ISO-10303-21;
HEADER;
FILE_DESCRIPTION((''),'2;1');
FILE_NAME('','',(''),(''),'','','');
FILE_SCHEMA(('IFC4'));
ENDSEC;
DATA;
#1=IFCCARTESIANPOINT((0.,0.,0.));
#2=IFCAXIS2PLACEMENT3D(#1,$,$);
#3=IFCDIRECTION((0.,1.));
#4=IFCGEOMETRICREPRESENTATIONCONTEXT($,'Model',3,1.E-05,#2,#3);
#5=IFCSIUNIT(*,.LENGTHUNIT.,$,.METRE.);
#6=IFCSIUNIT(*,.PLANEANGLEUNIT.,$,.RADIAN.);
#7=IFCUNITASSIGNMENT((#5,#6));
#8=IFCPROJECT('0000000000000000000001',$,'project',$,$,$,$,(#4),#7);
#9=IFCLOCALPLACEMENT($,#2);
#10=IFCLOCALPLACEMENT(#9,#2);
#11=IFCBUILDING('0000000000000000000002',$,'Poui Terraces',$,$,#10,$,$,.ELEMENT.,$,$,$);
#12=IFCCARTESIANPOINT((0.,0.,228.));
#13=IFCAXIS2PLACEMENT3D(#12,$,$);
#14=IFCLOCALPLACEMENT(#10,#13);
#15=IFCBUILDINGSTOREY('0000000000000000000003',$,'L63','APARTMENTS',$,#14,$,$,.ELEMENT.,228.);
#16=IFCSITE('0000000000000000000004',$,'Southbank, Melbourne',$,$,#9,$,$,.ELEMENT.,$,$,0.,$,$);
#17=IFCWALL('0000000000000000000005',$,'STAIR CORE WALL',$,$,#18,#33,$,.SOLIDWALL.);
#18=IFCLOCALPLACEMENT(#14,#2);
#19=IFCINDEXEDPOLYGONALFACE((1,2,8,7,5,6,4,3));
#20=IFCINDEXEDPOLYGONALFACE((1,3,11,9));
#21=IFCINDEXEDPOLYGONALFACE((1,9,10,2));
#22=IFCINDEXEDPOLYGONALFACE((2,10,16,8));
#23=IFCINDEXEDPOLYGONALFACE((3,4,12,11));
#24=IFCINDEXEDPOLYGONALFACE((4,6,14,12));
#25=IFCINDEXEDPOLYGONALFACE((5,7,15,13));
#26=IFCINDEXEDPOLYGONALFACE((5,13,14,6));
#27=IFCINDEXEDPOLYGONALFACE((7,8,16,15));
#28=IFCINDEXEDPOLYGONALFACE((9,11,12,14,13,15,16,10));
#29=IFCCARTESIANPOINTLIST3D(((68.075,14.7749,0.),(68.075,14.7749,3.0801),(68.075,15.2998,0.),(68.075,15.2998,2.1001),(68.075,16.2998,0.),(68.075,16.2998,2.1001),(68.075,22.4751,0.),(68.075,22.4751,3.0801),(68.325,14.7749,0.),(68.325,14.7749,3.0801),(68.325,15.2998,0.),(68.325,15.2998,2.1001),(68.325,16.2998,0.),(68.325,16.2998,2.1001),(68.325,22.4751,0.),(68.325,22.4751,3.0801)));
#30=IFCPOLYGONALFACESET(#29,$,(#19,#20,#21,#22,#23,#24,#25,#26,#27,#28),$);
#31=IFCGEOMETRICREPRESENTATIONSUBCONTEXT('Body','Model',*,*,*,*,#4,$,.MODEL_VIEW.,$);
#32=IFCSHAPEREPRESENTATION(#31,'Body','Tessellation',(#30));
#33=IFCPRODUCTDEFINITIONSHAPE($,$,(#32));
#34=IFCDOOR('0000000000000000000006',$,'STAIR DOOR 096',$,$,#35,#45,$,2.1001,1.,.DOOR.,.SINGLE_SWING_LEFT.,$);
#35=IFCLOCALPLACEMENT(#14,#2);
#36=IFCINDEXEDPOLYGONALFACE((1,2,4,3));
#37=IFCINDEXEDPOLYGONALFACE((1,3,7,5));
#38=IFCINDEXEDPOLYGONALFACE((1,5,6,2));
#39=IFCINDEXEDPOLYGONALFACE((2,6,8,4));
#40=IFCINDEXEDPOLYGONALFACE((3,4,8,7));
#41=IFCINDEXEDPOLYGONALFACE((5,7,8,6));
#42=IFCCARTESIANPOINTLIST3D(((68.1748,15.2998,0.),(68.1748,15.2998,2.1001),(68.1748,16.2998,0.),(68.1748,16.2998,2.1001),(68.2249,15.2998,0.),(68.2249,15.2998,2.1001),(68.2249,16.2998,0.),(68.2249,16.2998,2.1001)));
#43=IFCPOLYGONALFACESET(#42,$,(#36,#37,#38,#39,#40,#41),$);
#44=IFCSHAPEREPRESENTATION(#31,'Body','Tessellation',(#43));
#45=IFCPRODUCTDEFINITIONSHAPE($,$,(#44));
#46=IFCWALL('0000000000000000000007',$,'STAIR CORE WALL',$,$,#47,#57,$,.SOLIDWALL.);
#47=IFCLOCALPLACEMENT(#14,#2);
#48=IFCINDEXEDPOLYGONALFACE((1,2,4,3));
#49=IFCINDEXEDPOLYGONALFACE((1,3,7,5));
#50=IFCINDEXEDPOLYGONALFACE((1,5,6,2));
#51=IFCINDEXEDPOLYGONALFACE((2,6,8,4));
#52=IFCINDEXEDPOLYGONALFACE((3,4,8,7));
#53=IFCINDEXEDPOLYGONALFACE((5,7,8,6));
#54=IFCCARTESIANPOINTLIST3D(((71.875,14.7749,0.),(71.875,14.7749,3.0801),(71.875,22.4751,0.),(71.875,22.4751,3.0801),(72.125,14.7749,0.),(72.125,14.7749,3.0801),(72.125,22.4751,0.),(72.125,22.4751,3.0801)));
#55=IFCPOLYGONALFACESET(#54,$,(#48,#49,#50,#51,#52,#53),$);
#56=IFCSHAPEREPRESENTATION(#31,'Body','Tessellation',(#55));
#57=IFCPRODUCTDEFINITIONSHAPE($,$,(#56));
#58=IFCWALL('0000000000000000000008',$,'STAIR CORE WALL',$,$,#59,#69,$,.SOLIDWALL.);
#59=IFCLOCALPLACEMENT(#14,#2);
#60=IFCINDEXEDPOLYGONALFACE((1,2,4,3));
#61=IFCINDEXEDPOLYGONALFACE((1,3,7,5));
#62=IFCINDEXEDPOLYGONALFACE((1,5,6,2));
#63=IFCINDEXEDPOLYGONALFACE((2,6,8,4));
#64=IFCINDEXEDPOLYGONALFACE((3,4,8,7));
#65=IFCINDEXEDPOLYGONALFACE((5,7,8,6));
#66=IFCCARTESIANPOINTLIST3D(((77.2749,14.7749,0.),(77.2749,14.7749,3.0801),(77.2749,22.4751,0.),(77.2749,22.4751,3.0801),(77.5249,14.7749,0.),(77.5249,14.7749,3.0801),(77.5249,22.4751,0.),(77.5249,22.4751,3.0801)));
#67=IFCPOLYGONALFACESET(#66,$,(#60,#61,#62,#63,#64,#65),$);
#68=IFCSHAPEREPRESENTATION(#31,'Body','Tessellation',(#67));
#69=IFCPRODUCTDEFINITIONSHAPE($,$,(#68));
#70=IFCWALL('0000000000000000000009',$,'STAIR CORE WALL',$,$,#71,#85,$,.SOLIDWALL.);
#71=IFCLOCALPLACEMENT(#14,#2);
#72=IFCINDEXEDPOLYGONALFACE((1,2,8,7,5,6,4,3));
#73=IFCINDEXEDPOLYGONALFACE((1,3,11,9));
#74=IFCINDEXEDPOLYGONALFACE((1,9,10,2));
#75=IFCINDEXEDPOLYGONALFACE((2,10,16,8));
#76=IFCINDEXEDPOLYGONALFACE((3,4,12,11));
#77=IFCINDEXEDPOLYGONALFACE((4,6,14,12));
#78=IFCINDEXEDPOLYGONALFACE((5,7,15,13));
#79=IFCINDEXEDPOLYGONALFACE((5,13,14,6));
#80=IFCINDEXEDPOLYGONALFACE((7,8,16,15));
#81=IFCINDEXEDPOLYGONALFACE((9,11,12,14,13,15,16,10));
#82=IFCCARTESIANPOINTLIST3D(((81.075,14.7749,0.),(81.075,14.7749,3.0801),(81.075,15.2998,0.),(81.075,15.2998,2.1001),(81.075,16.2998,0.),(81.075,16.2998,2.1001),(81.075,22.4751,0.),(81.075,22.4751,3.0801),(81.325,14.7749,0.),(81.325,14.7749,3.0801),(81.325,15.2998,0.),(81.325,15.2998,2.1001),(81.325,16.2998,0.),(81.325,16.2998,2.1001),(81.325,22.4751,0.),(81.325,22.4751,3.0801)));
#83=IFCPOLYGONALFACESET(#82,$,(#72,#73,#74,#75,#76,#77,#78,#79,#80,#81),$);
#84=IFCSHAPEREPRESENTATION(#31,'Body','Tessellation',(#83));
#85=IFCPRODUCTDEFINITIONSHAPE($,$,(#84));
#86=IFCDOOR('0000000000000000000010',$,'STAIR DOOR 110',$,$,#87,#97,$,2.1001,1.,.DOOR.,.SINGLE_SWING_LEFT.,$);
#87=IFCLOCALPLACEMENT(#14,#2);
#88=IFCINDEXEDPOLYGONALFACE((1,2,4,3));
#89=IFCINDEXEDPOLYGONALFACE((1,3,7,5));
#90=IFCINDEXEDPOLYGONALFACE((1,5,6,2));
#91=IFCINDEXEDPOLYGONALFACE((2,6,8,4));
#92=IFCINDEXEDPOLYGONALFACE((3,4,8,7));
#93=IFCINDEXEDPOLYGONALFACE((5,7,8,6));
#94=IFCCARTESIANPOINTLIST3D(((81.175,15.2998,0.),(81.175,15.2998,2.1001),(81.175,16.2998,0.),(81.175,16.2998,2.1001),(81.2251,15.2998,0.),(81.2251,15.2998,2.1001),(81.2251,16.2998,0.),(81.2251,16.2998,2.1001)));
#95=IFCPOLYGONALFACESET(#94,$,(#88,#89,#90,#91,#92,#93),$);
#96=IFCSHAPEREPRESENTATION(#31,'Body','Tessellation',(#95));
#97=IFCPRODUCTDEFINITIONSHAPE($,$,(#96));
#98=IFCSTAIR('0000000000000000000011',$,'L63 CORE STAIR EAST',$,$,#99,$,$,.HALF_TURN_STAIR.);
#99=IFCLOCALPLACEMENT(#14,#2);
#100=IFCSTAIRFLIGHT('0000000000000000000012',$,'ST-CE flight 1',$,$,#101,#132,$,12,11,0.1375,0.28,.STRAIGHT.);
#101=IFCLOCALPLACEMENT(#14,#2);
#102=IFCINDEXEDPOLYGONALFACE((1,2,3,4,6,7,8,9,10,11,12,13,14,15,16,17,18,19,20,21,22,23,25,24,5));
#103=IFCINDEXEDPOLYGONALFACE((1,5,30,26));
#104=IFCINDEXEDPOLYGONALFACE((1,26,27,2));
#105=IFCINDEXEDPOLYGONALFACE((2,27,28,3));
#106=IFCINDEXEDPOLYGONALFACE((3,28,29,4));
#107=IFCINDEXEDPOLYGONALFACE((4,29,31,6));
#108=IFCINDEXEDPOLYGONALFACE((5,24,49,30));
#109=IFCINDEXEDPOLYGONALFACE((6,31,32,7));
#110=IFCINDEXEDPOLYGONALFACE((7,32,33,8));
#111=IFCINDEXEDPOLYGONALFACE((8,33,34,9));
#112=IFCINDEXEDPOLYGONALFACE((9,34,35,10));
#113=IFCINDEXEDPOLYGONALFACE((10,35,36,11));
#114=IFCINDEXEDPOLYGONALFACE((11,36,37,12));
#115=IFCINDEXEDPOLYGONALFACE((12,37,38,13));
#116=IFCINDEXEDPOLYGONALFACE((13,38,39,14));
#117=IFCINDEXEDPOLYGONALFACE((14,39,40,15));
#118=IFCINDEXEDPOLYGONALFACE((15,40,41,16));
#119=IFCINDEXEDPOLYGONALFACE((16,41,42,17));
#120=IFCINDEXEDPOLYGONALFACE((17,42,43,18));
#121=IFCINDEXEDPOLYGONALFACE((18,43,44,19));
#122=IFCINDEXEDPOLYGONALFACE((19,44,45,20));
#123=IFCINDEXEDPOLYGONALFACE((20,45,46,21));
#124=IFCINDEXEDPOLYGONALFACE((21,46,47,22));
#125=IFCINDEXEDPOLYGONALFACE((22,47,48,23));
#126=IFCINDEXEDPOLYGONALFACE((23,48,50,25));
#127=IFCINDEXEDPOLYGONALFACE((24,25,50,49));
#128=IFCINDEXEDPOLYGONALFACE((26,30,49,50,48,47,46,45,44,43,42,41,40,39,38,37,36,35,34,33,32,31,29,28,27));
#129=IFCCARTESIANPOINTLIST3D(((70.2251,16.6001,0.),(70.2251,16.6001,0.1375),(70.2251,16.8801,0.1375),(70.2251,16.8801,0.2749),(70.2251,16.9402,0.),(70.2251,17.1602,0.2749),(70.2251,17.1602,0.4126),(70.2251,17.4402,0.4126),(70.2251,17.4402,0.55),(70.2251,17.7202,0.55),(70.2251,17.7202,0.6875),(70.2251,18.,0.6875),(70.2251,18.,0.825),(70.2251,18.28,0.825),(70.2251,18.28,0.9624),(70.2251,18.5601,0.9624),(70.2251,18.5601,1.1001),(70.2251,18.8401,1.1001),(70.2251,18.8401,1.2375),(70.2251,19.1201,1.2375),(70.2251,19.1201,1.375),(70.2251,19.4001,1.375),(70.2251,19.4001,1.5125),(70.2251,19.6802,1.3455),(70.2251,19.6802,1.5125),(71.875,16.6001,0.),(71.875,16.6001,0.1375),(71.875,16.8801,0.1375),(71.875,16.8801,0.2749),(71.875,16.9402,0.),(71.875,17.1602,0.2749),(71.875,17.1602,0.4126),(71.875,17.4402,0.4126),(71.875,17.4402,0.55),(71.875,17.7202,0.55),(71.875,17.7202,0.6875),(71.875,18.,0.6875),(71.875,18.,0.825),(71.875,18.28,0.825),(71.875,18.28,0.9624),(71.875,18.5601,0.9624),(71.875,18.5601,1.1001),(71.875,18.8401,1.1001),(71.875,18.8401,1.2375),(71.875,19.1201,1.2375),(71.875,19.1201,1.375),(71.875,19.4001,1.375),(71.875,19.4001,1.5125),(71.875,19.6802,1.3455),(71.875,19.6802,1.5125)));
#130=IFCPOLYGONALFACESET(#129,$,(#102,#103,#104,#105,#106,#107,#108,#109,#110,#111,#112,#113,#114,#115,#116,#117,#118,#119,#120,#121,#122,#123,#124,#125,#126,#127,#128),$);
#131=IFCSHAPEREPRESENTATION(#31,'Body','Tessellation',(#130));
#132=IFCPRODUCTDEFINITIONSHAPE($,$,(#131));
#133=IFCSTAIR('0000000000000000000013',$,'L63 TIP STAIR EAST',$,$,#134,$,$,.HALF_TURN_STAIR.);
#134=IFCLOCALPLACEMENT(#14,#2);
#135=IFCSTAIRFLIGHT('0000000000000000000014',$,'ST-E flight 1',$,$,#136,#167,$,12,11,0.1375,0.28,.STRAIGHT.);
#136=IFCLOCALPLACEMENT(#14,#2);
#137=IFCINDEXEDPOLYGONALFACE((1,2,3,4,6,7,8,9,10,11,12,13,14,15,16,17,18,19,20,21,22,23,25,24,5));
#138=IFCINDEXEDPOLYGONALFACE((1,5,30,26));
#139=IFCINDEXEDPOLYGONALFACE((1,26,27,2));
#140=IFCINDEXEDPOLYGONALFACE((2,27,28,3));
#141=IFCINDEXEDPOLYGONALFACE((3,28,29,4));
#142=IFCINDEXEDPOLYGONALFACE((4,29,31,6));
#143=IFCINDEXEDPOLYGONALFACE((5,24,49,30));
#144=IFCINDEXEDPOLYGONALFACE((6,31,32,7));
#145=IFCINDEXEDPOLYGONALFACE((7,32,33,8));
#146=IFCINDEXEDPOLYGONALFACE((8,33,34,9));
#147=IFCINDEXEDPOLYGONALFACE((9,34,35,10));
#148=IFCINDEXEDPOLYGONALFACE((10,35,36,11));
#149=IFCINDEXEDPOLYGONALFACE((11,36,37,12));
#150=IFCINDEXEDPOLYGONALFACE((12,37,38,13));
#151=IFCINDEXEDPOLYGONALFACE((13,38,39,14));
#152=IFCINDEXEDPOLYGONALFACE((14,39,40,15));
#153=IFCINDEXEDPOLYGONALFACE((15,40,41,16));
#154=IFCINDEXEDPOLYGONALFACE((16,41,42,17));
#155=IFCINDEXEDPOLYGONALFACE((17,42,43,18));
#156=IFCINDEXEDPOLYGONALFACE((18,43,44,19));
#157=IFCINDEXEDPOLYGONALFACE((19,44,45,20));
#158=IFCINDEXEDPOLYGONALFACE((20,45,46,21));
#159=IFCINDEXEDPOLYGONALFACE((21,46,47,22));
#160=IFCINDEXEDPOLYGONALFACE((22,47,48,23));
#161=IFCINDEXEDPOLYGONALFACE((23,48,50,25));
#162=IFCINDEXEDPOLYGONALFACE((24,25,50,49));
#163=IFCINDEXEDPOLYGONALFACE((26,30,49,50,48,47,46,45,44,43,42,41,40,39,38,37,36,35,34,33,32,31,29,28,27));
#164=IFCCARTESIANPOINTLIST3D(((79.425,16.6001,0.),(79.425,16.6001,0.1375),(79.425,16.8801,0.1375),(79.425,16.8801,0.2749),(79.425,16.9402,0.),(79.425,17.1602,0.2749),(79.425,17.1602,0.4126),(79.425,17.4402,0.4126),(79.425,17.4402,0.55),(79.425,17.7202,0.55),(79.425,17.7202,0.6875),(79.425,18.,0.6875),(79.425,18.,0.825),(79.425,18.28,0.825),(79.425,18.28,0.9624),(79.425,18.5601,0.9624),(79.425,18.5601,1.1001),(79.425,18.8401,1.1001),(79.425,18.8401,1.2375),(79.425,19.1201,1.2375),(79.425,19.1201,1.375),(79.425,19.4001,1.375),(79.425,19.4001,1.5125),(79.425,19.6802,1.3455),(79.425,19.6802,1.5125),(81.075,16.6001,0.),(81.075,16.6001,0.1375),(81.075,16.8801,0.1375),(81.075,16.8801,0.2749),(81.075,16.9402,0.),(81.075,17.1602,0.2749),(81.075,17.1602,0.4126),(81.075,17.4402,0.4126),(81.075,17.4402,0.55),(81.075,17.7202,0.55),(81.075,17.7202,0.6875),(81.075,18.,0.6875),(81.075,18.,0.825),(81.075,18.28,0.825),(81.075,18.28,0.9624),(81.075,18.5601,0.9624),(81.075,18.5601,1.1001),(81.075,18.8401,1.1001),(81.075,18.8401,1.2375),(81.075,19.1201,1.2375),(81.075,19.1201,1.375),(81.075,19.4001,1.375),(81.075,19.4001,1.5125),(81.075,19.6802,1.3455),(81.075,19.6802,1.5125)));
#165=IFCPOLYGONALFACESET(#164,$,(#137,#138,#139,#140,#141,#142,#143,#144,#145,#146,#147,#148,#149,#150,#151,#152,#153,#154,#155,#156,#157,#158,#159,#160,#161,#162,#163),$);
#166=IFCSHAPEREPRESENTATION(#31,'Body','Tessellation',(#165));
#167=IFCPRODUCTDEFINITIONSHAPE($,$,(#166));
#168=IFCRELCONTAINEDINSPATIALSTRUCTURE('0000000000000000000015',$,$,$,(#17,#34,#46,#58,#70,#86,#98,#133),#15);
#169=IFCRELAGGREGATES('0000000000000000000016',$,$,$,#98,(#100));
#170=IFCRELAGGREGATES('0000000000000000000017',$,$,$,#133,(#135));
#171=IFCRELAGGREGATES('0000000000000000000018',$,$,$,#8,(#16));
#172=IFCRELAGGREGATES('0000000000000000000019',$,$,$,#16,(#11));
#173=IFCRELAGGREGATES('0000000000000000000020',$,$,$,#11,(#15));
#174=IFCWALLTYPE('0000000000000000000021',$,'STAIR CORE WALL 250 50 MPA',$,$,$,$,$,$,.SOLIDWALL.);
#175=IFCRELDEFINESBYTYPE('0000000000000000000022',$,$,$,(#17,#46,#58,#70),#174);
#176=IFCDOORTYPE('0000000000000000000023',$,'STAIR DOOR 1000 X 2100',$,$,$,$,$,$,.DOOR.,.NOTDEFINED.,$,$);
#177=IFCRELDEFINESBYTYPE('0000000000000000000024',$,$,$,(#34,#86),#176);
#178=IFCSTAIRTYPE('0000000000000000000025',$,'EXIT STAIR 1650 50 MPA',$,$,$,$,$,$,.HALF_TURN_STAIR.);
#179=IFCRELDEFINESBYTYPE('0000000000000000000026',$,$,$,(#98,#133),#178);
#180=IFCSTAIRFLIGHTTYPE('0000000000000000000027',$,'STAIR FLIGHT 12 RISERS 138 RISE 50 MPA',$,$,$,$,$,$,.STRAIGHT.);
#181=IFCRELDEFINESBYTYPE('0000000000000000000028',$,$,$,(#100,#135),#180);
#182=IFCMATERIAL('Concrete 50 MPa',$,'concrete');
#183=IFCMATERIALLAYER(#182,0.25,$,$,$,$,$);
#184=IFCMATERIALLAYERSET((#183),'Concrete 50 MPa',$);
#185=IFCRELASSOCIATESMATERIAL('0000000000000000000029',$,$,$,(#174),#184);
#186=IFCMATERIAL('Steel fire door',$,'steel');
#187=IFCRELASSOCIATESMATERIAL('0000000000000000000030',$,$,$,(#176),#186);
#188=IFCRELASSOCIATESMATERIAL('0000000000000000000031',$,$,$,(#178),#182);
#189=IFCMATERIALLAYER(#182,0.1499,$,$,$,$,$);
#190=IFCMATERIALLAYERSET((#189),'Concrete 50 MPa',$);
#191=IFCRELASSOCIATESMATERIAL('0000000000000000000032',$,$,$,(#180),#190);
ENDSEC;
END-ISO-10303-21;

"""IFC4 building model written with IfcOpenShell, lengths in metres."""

from ifc_helpers import new_model, si_unit, direction, frame, frame_2d, origin, place, context, subcontext, project, spatial, polyline, rectangle, outline, extrude, material, layer, layer_set, type_object, element, fill, aggregate, save


model = new_model("IFC4")

# Units and contexts
model_context = context("Model", 3, precision=1e-05, world=origin(), true_north=direction((0.0, 1.0)))
body_context = subcontext(model_context, "Body", "Model", "MODEL_VIEW")
ifc_project = project(units=[si_unit("LENGTHUNIT", "METRE"), si_unit("PLANEANGLEUNIT", "RADIAN")], contexts=[model_context])

# Site, building, storey
site_placement = place(None, origin())
site = spatial("IfcSite", under=ifc_project, at=site_placement, Name="Southbank, Melbourne", CompositionType="ELEMENT", RefElevation=0.0)
building_placement = place(site_placement, origin())
building = spatial("IfcBuilding", under=site, at=building_placement, Name="Poui Terraces", CompositionType="ELEMENT")
storey_placement = place(building_placement, frame((0.0, 0.0, 228.0)))
storey = spatial("IfcBuildingStorey", under=building, at=storey_placement, Name="L63", Description="APARTMENTS", CompositionType="ELEMENT", Elevation=228.0)

# Shared definitions
ifc_material_1 = material(Name="Concrete 50 MPa", Category="concrete")

# Shared definitions
ifc_material_2 = material(Name="Steel fire door", Category="steel")

# Wall, opening, door
ifc_layer_1 = layer(ifc_material_1, 0.25)
ifc_layer_set_1 = layer_set([ifc_layer_1], Name="Concrete 50 MPa")
wall_type_1 = type_object("IfcWallType", Name="STAIR CORE WALL 250 50 MPA", PredefinedType="SOLIDWALL", material=ifc_layer_set_1)
wall_1_placement = place(storey_placement, frame((68.2, 14.7749, 0.0), z_axis=(0.0, 0.0, 1.0), x_axis=(0.0, 1.0, 0.0)))
wall_1 = element("IfcWall", 1, at=wall_1_placement, inside=storey, type_object=wall_type_1, Name="STAIR CORE WALL", PredefinedType="SOLIDWALL", context=body_context, shape_type="SweptSolid", body=[
    extrude(rectangle(XDim=7.7002, YDim=0.25, at=frame_2d((3.8501, 0.0))), origin(), (0.0, 0.0, 1.0), 3.0801),
])
opening_1_placement = place(wall_1_placement, frame((0.5249, 0.0, 0.0)))
opening_1 = element("IfcOpeningElement", 2, at=opening_1_placement, cuts=wall_1, PredefinedType="OPENING", context=body_context, shape_type="SweptSolid", body=[
    extrude(rectangle(XDim=1.0, YDim=2.1001, at=frame_2d((0.5, 1.05))), frame((0.0, 0.135, 0.0), z_axis=(0.0, -1.0, 0.0), x_axis=(1.0, 0.0, 0.0)), (0.0, 0.0, 1.0), 0.27),
])
door_type_1 = type_object("IfcDoorType", Name="STAIR DOOR 1000 X 2100", OperationType="NOTDEFINED", PredefinedType="DOOR", material=ifc_material_2)
door_1_placement = place(opening_1_placement, frame((1.0, 0.0, 0.0), z_axis=(0.0, 0.0, 1.0), x_axis=(-1.0, 0.0, 0.0)))
door_1 = element("IfcDoor", 3, at=door_1_placement, inside=storey, type_object=door_type_1, Name="STAIR DOOR 096", OperationType="SINGLE_SWING_LEFT", OverallHeight=2.1001, OverallWidth=1.0, PredefinedType="DOOR", context=body_context, shape_type="SweptSolid", body=[
    extrude(rectangle(XDim=1.0, YDim=2.1001, at=frame_2d((0.5, 1.05))), frame((0.0, 0.0249, 0.0), z_axis=(0.0, -1.0, 0.0), x_axis=(1.0, 0.0, 0.0)), (0.0, 0.0, 1.0), 0.05),
])
fill(opening_1, door_1)

# Walls
for number, where, z_axis, x_axis, name in (
    (4, (72.0, 14.7749, 0.0), (0.0, 0.0, 1.0), (0.0, 1.0, 0.0), "STAIR CORE WALL"),
    (5, (77.3999, 14.7749, 0.0), (0.0, 0.0, 1.0), (0.0, 1.0, 0.0), "STAIR CORE WALL"),
):
    element("IfcWall", number, at=place(storey_placement, frame(where, z_axis=z_axis, x_axis=x_axis)), inside=storey, type_object=wall_type_1, Name=name, PredefinedType="SOLIDWALL", context=body_context, shape_type="SweptSolid", body=[
        extrude(rectangle(XDim=7.7002, YDim=0.25, at=frame_2d((3.8501, 0.0))), origin(), (0.0, 0.0, 1.0), 3.0801),
    ])

# Wall, opening, door
wall_2_placement = place(storey_placement, frame((81.2, 14.7749, 0.0), z_axis=(0.0, 0.0, 1.0), x_axis=(0.0, 1.0, 0.0)))
wall_2 = element("IfcWall", 6, at=wall_2_placement, inside=storey, type_object=wall_type_1, Name="STAIR CORE WALL", PredefinedType="SOLIDWALL", context=body_context, shape_type="SweptSolid", body=[
    extrude(rectangle(XDim=7.7002, YDim=0.25, at=frame_2d((3.8501, 0.0))), origin(), (0.0, 0.0, 1.0), 3.0801),
])
opening_2_placement = place(wall_2_placement, frame((0.5249, 0.0, 0.0)))
opening_2 = element("IfcOpeningElement", 7, at=opening_2_placement, cuts=wall_2, PredefinedType="OPENING", context=body_context, shape_type="SweptSolid", body=[
    extrude(rectangle(XDim=1.0, YDim=2.1001, at=frame_2d((0.5, 1.05))), frame((0.0, 0.135, 0.0), z_axis=(0.0, -1.0, 0.0), x_axis=(1.0, 0.0, 0.0)), (0.0, 0.0, 1.0), 0.27),
])
door_2_placement = place(opening_2_placement, origin())
door_2 = element("IfcDoor", 8, at=door_2_placement, inside=storey, type_object=door_type_1, Name="STAIR DOOR 110", OperationType="SINGLE_SWING_LEFT", OverallHeight=2.1001, OverallWidth=1.0, PredefinedType="DOOR", context=body_context, shape_type="SweptSolid", body=[
    extrude(rectangle(XDim=1.0, YDim=2.1001, at=frame_2d((0.5, 1.05))), frame((0.0, 0.0249, 0.0), z_axis=(0.0, -1.0, 0.0), x_axis=(1.0, 0.0, 0.0)), (0.0, 0.0, 1.0), 0.05),
])
fill(opening_2, door_2)

# Stairs, stair flights
stair_type = type_object("IfcStairType", Name="EXIT STAIR 1650 50 MPA", PredefinedType="HALF_TURN_STAIR", material=ifc_material_1)
stair_1_placement = place(storey_placement, origin())
stair_1 = element("IfcStair", 9, at=stair_1_placement, inside=storey, type_object=stair_type, Name="L63 CORE STAIR EAST", PredefinedType="HALF_TURN_STAIR")
ifc_layer_2 = layer(ifc_material_1, 0.1499)
ifc_layer_set_2 = layer_set([ifc_layer_2], Name="Concrete 50 MPa")
stair_flight_type = type_object("IfcStairFlightType", Name="STAIR FLIGHT 12 RISERS 138 RISE 50 MPA", PredefinedType="STRAIGHT", material=ifc_layer_set_2)
stair_flight_1_placement = place(storey_placement, frame((71.05, 16.6001, 0.0), z_axis=(0.0, 0.0, 1.0), x_axis=(0.0, 1.0, 0.0)))
stair_flight_1 = element("IfcStairFlight", 10, at=stair_flight_1_placement, type_object=stair_flight_type, Name="ST-CE flight 1", NumberOfRisers=12, NumberOfTreads=11, PredefinedType="STRAIGHT", RiserHeight=0.1375, TreadLength=0.28, context=body_context, shape_type="SweptSolid", body=[
    extrude(outline(polyline([(0.0, 0.0), (0.0, 0.1375), (0.28, 0.1375), (0.28, 0.2749), (0.5601, 0.2749), (0.5601, 0.4126), (0.8401, 0.4126), (0.8401, 0.55), (1.1201, 0.55), (1.1201, 0.6875), (1.3999, 0.6875), (1.3999, 0.825), (1.6799, 0.825), (1.6799, 0.9624), (1.96, 0.9624), (1.96, 1.1001), (2.24, 1.1001), (2.24, 1.2375), (2.52, 1.2375), (2.52, 1.375), (2.8, 1.375), (2.8, 1.5125), (3.0801, 1.5125), (3.0801, 1.6499), (3.0801, 1.3455), (0.3401, 0.0), (0.0, 0.0)])), frame((0.0, 0.825, 0.0), z_axis=(0.0, -1.0, 0.0), x_axis=(1.0, 0.0, 0.0)), (0.0, 0.0, 1.0), 1.6499),
])
aggregate(stair_1, [stair_flight_1])
stair_2_placement = place(storey_placement, origin())
stair_2 = element("IfcStair", 11, at=stair_2_placement, inside=storey, type_object=stair_type, Name="L63 TIP STAIR EAST", PredefinedType="HALF_TURN_STAIR")
stair_flight_2_placement = place(storey_placement, frame((80.25, 16.6001, 0.0), z_axis=(0.0, 0.0, 1.0), x_axis=(0.0, 1.0, 0.0)))
stair_flight_2 = element("IfcStairFlight", 12, at=stair_flight_2_placement, type_object=stair_flight_type, Name="ST-E flight 1", NumberOfRisers=12, NumberOfTreads=11, PredefinedType="STRAIGHT", RiserHeight=0.1375, TreadLength=0.28, context=body_context, shape_type="SweptSolid", body=[
    extrude(outline(polyline([(0.0, 0.0), (0.0, 0.1375), (0.28, 0.1375), (0.28, 0.2749), (0.5601, 0.2749), (0.5601, 0.4126), (0.8401, 0.4126), (0.8401, 0.55), (1.1201, 0.55), (1.1201, 0.6875), (1.3999, 0.6875), (1.3999, 0.825), (1.6799, 0.825), (1.6799, 0.9624), (1.96, 0.9624), (1.96, 1.1001), (2.24, 1.1001), (2.24, 1.2375), (2.52, 1.2375), (2.52, 1.375), (2.8, 1.375), (2.8, 1.5125), (3.0801, 1.5125), (3.0801, 1.6499), (3.0801, 1.3455), (0.3401, 0.0), (0.0, 0.0)])), frame((0.0, 0.825, 0.0), z_axis=(0.0, -1.0, 0.0), x_axis=(1.0, 0.0, 0.0)), (0.0, 0.0, 1.0), 1.6499),
])
aggregate(stair_2, [stair_flight_2])

save(model, "model.ifc")
